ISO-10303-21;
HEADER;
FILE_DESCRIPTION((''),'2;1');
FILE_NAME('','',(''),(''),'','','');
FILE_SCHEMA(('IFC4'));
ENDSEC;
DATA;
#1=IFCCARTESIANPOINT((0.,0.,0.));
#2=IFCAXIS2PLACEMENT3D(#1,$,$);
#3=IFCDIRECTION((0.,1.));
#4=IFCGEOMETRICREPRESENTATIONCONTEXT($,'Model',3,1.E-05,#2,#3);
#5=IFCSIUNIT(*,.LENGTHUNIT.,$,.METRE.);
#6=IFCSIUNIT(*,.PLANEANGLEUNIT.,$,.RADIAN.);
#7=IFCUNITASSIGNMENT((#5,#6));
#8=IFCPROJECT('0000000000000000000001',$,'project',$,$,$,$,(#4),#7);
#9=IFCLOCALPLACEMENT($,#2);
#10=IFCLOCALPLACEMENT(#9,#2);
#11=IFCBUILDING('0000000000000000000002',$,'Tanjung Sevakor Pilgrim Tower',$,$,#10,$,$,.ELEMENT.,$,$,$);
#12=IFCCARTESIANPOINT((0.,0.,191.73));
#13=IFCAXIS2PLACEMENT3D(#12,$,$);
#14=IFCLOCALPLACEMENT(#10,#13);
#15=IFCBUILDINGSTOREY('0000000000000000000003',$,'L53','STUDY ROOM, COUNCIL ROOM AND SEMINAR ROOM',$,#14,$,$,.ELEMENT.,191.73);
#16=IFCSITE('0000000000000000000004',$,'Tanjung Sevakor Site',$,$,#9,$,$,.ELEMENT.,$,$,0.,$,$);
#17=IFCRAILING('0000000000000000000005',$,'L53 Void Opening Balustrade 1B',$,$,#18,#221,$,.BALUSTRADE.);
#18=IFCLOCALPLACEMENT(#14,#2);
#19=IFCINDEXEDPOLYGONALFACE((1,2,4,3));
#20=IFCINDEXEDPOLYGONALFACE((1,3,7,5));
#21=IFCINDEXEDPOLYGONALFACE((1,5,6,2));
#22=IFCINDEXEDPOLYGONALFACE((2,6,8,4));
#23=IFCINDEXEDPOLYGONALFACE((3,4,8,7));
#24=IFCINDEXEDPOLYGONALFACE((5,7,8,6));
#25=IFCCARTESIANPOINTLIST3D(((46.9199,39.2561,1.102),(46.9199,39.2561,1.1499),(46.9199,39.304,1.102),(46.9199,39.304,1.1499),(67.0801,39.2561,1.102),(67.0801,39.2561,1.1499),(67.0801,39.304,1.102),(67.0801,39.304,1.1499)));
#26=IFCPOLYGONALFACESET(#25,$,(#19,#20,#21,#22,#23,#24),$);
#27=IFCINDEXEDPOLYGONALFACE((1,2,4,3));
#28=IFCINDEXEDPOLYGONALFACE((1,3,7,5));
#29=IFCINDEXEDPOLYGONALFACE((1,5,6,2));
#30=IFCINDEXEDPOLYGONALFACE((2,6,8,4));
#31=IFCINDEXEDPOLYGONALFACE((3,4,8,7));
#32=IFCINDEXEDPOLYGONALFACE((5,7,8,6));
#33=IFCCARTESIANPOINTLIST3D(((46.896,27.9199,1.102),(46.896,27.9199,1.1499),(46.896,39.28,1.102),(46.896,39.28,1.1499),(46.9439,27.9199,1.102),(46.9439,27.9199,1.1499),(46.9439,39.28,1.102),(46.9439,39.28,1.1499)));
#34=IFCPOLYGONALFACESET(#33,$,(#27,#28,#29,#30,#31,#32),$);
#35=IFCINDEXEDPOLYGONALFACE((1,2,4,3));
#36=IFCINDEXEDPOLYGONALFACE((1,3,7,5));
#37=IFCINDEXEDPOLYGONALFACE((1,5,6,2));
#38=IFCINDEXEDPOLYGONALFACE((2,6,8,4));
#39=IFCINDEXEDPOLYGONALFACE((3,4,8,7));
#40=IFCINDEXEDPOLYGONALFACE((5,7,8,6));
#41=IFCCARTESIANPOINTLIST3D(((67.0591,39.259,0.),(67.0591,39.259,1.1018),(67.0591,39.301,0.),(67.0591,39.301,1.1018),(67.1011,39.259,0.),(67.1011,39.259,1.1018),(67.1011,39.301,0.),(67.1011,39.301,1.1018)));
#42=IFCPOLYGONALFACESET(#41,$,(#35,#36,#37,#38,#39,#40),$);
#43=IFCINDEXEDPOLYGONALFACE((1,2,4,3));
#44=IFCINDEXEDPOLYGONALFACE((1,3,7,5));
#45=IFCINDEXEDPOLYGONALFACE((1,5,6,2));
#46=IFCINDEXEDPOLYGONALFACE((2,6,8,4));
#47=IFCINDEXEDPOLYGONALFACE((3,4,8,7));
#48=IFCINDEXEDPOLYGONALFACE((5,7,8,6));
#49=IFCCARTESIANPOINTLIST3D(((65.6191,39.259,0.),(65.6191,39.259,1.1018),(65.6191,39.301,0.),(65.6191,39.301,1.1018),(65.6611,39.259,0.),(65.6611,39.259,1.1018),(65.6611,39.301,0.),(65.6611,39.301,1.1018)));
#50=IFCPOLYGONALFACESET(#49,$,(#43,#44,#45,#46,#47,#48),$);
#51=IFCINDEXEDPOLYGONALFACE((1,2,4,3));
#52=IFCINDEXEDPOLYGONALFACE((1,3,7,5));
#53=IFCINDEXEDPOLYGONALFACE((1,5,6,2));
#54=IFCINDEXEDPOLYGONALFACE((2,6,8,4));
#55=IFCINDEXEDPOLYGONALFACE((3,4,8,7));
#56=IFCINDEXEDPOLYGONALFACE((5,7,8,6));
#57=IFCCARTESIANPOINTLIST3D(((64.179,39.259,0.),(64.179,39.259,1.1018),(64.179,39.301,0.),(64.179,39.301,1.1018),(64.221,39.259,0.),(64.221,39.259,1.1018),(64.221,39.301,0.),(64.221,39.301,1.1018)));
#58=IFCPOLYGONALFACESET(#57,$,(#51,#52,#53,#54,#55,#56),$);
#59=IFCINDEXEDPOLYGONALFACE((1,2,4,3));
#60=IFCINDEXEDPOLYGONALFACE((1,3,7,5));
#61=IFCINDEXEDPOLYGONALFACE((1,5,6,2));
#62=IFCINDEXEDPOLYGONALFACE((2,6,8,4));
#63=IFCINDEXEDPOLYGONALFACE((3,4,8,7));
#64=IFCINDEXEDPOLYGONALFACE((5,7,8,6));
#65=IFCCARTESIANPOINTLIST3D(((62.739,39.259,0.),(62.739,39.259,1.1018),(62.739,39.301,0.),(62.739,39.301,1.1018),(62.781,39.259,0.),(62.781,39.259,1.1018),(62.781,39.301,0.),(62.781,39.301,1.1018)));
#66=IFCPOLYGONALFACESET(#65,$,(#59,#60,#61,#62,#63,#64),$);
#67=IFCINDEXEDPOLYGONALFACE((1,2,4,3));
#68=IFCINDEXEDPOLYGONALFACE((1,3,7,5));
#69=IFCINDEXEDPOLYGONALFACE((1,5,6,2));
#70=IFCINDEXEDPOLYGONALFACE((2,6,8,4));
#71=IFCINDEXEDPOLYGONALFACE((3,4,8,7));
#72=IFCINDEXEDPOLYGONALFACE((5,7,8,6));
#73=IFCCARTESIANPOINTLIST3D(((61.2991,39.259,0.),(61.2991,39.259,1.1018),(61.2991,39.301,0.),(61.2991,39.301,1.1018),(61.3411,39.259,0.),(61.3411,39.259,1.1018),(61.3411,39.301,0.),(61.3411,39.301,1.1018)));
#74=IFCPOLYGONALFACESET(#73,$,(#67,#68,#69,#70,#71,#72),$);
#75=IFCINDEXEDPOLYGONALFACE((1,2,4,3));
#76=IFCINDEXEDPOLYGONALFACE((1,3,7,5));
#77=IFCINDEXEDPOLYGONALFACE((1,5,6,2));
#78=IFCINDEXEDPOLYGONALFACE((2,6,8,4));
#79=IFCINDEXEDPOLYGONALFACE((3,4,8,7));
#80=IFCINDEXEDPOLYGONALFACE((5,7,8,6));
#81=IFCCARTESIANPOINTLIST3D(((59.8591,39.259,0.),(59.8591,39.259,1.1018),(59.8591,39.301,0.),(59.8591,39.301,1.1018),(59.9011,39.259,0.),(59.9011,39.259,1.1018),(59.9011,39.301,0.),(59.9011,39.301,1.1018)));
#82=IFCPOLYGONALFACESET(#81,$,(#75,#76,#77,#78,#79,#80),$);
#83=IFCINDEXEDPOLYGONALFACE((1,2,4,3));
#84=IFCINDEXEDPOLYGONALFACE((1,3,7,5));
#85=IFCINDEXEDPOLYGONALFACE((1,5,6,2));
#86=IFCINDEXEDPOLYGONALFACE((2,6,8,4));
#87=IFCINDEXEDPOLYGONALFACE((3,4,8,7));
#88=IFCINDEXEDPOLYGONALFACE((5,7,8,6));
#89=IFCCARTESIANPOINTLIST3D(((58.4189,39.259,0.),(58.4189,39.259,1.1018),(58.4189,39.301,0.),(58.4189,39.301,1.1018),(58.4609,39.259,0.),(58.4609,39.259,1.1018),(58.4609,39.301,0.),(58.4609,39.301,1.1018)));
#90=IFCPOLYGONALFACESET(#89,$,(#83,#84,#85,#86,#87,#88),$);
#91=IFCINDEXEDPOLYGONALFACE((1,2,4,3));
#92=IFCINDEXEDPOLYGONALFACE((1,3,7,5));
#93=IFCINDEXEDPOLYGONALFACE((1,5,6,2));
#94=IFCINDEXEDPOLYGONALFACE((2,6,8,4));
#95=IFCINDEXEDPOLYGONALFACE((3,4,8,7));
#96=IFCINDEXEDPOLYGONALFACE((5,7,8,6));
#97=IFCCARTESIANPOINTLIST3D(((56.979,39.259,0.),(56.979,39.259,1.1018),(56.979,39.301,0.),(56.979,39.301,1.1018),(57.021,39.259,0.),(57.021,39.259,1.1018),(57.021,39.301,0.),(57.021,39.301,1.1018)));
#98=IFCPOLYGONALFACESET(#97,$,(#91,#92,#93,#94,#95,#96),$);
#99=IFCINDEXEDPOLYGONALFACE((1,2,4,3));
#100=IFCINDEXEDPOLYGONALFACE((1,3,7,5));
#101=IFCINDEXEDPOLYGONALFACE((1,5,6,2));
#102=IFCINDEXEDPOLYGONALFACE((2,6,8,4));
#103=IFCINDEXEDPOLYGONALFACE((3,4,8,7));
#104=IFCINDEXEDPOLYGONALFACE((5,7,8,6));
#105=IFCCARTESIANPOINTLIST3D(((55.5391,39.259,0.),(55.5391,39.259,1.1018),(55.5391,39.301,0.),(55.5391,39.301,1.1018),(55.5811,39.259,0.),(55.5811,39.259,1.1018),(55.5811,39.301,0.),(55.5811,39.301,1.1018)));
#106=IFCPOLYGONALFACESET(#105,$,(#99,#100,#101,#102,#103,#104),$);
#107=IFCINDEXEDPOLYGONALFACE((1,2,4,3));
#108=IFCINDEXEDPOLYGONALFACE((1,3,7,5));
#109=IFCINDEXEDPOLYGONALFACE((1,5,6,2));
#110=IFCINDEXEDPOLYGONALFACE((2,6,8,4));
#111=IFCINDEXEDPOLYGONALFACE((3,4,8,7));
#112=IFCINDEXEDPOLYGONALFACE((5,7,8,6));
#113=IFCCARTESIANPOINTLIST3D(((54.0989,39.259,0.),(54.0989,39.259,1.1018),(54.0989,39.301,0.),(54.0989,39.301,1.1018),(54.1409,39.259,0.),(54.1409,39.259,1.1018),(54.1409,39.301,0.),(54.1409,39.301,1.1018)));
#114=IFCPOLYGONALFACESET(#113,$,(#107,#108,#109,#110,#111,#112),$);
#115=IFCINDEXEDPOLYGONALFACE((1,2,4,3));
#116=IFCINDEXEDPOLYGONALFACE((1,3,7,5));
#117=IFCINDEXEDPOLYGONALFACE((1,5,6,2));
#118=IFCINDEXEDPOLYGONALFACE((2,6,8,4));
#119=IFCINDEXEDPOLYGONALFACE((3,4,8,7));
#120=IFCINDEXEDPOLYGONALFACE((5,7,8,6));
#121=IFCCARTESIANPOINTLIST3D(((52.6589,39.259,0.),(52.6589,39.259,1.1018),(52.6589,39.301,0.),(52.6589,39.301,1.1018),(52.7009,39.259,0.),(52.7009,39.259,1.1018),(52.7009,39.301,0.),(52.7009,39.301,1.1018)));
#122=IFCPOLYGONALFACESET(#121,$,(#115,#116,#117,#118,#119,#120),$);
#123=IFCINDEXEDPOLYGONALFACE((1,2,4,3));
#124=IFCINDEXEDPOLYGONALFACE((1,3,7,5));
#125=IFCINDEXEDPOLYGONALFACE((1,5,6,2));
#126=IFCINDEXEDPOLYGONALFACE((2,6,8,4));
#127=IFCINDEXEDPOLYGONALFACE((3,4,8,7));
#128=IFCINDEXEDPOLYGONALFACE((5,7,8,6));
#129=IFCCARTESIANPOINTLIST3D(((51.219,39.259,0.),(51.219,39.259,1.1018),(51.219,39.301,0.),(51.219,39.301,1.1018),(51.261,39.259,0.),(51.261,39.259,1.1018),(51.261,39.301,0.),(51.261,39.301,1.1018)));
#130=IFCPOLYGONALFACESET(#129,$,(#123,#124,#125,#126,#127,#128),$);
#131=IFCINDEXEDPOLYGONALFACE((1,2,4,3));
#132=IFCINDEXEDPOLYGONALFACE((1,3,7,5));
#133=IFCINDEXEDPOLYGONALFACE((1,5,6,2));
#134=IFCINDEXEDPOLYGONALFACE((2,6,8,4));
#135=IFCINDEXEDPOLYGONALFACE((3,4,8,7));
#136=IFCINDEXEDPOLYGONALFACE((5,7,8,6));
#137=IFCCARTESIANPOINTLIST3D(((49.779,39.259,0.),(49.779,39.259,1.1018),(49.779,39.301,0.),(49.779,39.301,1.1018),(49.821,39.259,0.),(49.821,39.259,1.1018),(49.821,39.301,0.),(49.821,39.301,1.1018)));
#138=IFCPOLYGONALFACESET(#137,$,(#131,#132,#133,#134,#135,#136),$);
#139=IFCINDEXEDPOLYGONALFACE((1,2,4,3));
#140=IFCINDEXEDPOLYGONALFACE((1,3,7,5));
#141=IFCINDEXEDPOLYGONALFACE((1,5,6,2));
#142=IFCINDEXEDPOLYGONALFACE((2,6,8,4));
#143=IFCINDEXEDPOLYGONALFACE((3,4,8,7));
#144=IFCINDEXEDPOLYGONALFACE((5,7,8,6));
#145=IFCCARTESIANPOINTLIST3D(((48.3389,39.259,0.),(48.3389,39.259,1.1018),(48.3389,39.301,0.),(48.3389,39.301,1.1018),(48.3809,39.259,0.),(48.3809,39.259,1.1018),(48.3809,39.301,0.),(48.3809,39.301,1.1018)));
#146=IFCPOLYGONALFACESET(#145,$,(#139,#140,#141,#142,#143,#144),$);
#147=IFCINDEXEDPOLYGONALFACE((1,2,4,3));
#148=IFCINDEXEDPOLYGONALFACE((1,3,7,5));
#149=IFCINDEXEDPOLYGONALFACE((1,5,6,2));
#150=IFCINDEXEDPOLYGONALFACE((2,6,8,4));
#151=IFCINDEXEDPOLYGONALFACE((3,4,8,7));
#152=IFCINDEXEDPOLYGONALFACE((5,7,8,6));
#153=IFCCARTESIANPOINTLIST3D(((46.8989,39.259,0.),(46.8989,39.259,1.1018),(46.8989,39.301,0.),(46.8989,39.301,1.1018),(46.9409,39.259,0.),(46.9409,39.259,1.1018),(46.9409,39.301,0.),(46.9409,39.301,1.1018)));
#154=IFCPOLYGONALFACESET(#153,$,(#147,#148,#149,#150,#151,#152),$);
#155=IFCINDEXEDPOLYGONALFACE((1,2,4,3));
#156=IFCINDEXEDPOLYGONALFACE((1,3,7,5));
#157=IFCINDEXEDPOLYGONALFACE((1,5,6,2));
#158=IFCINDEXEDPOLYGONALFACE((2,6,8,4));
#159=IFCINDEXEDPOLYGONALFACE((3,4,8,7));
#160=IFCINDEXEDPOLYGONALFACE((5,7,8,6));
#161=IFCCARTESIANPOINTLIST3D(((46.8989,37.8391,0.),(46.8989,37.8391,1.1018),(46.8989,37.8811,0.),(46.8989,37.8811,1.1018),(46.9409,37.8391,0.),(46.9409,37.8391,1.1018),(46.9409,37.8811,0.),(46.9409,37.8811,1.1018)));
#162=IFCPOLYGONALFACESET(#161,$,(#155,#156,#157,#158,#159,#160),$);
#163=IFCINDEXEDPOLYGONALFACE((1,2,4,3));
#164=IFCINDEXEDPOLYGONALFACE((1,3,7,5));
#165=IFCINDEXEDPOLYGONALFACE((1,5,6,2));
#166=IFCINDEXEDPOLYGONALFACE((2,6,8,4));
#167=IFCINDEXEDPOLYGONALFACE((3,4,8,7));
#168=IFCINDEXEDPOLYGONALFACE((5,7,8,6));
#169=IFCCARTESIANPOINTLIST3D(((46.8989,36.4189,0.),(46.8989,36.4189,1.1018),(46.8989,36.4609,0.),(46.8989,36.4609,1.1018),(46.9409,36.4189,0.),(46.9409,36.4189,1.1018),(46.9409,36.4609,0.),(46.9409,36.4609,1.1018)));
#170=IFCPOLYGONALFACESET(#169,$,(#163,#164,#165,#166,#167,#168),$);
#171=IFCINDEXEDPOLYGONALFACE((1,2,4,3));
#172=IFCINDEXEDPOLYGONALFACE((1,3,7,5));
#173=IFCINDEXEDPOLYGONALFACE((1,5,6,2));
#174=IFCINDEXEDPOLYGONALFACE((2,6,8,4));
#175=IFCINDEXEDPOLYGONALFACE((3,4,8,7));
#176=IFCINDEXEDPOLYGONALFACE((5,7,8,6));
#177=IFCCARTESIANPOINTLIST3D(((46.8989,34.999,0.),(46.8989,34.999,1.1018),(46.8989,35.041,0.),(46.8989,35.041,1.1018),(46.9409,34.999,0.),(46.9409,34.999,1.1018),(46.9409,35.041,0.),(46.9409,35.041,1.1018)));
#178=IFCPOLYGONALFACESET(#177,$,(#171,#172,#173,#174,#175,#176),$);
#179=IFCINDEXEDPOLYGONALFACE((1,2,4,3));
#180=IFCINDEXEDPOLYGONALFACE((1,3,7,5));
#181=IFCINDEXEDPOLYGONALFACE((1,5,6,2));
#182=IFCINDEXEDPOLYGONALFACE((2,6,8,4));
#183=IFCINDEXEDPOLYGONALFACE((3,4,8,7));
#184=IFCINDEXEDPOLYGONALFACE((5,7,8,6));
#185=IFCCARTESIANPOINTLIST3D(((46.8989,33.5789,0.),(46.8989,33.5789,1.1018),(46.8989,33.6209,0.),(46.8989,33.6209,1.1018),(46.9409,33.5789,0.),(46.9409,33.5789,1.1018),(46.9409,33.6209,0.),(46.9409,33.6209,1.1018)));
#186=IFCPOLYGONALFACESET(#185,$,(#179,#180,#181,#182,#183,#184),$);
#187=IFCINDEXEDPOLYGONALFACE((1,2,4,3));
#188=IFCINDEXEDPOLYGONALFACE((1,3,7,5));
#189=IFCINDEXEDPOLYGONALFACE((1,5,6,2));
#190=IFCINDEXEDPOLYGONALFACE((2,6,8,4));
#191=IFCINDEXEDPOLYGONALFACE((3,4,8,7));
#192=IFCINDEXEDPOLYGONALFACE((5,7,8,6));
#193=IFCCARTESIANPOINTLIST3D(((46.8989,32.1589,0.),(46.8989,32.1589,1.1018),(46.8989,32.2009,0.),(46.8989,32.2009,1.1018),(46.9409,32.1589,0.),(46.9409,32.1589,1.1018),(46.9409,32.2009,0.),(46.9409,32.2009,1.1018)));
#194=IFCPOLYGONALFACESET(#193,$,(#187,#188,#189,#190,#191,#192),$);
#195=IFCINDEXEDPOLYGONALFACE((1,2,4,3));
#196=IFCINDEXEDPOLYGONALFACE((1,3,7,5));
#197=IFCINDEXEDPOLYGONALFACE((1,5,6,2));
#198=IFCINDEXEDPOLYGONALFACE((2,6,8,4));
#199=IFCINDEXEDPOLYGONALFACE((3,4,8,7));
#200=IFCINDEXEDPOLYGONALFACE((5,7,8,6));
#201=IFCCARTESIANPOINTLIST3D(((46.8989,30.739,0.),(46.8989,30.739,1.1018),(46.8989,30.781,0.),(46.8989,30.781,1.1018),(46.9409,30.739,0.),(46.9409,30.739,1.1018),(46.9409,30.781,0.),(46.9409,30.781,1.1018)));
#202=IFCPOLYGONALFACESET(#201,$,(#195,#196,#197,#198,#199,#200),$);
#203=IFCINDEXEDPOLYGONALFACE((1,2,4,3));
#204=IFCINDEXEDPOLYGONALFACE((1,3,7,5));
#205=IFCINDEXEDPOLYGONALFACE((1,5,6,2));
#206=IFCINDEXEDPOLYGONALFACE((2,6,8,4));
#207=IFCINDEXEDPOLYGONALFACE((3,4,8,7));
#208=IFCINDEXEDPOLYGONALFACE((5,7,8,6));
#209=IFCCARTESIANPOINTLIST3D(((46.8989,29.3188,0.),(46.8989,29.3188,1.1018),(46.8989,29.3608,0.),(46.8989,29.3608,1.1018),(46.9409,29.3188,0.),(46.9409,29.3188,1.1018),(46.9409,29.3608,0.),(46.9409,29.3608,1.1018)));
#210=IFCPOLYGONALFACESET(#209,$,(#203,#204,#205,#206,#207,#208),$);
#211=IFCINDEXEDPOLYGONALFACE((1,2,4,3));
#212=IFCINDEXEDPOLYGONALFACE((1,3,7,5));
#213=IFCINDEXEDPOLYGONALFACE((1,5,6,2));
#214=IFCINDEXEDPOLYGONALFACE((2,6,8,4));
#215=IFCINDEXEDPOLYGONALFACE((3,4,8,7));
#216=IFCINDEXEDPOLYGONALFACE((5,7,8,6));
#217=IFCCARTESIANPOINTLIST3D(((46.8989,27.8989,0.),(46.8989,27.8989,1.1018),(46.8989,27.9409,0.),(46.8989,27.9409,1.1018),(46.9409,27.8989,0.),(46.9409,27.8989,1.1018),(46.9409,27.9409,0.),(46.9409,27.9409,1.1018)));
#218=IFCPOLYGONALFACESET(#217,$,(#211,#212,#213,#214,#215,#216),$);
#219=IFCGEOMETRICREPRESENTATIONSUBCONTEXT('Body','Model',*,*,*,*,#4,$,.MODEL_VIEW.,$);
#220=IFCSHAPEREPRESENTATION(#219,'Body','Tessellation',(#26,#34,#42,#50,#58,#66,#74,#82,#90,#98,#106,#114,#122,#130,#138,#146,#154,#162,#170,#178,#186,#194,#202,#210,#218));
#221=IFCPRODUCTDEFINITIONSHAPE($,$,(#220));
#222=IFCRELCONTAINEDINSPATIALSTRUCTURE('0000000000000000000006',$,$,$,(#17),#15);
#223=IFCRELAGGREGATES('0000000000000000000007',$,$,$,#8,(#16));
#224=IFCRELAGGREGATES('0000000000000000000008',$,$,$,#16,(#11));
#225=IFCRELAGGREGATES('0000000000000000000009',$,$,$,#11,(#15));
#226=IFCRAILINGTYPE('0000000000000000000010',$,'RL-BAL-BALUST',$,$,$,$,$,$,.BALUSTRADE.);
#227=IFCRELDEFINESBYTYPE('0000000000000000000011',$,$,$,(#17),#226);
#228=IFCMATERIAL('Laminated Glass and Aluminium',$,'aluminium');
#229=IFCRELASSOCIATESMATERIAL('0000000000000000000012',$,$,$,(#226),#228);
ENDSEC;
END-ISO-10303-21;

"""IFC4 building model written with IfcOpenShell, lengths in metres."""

from ifc_helpers import new_model, si_unit, direction, frame, origin, place, context, subcontext, project, spatial, rectangle, extrude, material, type_object, element, save


model = new_model("IFC4")

# Units and contexts
model_context = context("Model", 3, precision=1e-05, world=origin(), true_north=direction((0.0, 1.0)))
body_context = subcontext(model_context, "Body", "Model", "MODEL_VIEW")
ifc_project = project(units=[si_unit("LENGTHUNIT", "METRE"), si_unit("PLANEANGLEUNIT", "RADIAN")], contexts=[model_context])

# Site, building, storey
site_placement = place(None, origin())
site = spatial("IfcSite", under=ifc_project, at=site_placement, Name="Tanjung Sevakor Site", CompositionType="ELEMENT", RefElevation=0.0)
building_placement = place(site_placement, origin())
building = spatial("IfcBuilding", under=site, at=building_placement, Name="Tanjung Sevakor Pilgrim Tower", CompositionType="ELEMENT")
storey_placement = place(building_placement, frame((0.0, 0.0, 191.73)))
storey = spatial("IfcBuildingStorey", under=building, at=storey_placement, Name="L53", Description="STUDY ROOM, COUNCIL ROOM AND SEMINAR ROOM", CompositionType="ELEMENT", Elevation=191.73)

# Railing
ifc_material_1 = material(Name="Laminated Glass and Aluminium", Category="aluminium")
railing_type_1 = type_object("IfcRailingType", Name="RL-BAL-BALUST", PredefinedType="BALUSTRADE", material=ifc_material_1)
railing_1_placement = place(storey_placement, frame((67.0801, 39.28, 0.0)))
element("IfcRailing", 1, at=railing_1_placement, inside=storey, type_object=railing_type_1, Name="L53 Void Opening Balustrade 1B", PredefinedType="BALUSTRADE", context=body_context, shape_type="SweptSolid", body=[
    extrude(rectangle(XDim=0.0479, YDim=0.0479), frame((0.0, 0.0, 1.126), z_axis=(-1.0, 0.0, 0.0), x_axis=(0.0, -1.0, 0.0)), (0.0, 0.0, 1.0), 20.1602),
    extrude(rectangle(XDim=0.0479, YDim=0.0479), frame((-20.1602, 0.0, 1.126), z_axis=(0.0, -1.0, 0.0), x_axis=(1.0, 0.0, 0.0)), (0.0, 0.0, 1.0), 11.3601),
    extrude(rectangle(XDim=0.042, YDim=0.042), origin(), (0.0, 0.0, 1.0), 1.1018),
    extrude(rectangle(XDim=0.042, YDim=0.042), frame((-1.4399, 0.0, 0.0)), (0.0, 0.0, 1.0), 1.1018),
    extrude(rectangle(XDim=0.042, YDim=0.042), frame((-2.8801, 0.0, 0.0)), (0.0, 0.0, 1.0), 1.1018),
    extrude(rectangle(XDim=0.042, YDim=0.042), frame((-4.3201, 0.0, 0.0)), (0.0, 0.0, 1.0), 1.1018),
    extrude(rectangle(XDim=0.042, YDim=0.042), frame((-5.76, 0.0, 0.0)), (0.0, 0.0, 1.0), 1.1018),
    extrude(rectangle(XDim=0.042, YDim=0.042), frame((-7.2, 0.0, 0.0)), (0.0, 0.0, 1.0), 1.1018),
    extrude(rectangle(XDim=0.042, YDim=0.042), frame((-8.6401, 0.0, 0.0)), (0.0, 0.0, 1.0), 1.1018),
    extrude(rectangle(XDim=0.042, YDim=0.042), frame((-10.0801, 0.0, 0.0)), (0.0, 0.0, 1.0), 1.1018),
    extrude(rectangle(XDim=0.042, YDim=0.042), frame((-11.52, 0.0, 0.0)), (0.0, 0.0, 1.0), 1.1018),
    extrude(rectangle(XDim=0.042, YDim=0.042), frame((-12.9602, 0.0, 0.0)), (0.0, 0.0, 1.0), 1.1018),
    extrude(rectangle(XDim=0.042, YDim=0.042), frame((-14.4001, 0.0, 0.0)), (0.0, 0.0, 1.0), 1.1018),
    extrude(rectangle(XDim=0.042, YDim=0.042), frame((-15.8401, 0.0, 0.0)), (0.0, 0.0, 1.0), 1.1018),
    extrude(rectangle(XDim=0.042, YDim=0.042), frame((-17.28, 0.0, 0.0)), (0.0, 0.0, 1.0), 1.1018),
    extrude(rectangle(XDim=0.042, YDim=0.042), frame((-18.7202, 0.0, 0.0)), (0.0, 0.0, 1.0), 1.1018),
    extrude(rectangle(XDim=0.042, YDim=0.042), frame((-20.1602, 0.0, 0.0)), (0.0, 0.0, 1.0), 1.1018),
    extrude(rectangle(XDim=0.042, YDim=0.042), frame((-20.1602, -1.4199, 0.0)), (0.0, 0.0, 1.0), 1.1018),
    extrude(rectangle(XDim=0.042, YDim=0.042), frame((-20.1602, -2.8401, 0.0)), (0.0, 0.0, 1.0), 1.1018),
    extrude(rectangle(XDim=0.042, YDim=0.042), frame((-20.1602, -4.26, 0.0)), (0.0, 0.0, 1.0), 1.1018),
    extrude(rectangle(XDim=0.042, YDim=0.042), frame((-20.1602, -5.6802, 0.0)), (0.0, 0.0, 1.0), 1.1018),
    extrude(rectangle(XDim=0.042, YDim=0.042), frame((-20.1602, -7.1001, 0.0)), (0.0, 0.0, 1.0), 1.1018),
    extrude(rectangle(XDim=0.042, YDim=0.042), frame((-20.1602, -8.52, 0.0)), (0.0, 0.0, 1.0), 1.1018),
    extrude(rectangle(XDim=0.042, YDim=0.042), frame((-20.1602, -9.9402, 0.0)), (0.0, 0.0, 1.0), 1.1018),
    extrude(rectangle(XDim=0.042, YDim=0.042), frame((-20.1602, -11.3601, 0.0)), (0.0, 0.0, 1.0), 1.1018),
])

save(model, "model.ifc")
